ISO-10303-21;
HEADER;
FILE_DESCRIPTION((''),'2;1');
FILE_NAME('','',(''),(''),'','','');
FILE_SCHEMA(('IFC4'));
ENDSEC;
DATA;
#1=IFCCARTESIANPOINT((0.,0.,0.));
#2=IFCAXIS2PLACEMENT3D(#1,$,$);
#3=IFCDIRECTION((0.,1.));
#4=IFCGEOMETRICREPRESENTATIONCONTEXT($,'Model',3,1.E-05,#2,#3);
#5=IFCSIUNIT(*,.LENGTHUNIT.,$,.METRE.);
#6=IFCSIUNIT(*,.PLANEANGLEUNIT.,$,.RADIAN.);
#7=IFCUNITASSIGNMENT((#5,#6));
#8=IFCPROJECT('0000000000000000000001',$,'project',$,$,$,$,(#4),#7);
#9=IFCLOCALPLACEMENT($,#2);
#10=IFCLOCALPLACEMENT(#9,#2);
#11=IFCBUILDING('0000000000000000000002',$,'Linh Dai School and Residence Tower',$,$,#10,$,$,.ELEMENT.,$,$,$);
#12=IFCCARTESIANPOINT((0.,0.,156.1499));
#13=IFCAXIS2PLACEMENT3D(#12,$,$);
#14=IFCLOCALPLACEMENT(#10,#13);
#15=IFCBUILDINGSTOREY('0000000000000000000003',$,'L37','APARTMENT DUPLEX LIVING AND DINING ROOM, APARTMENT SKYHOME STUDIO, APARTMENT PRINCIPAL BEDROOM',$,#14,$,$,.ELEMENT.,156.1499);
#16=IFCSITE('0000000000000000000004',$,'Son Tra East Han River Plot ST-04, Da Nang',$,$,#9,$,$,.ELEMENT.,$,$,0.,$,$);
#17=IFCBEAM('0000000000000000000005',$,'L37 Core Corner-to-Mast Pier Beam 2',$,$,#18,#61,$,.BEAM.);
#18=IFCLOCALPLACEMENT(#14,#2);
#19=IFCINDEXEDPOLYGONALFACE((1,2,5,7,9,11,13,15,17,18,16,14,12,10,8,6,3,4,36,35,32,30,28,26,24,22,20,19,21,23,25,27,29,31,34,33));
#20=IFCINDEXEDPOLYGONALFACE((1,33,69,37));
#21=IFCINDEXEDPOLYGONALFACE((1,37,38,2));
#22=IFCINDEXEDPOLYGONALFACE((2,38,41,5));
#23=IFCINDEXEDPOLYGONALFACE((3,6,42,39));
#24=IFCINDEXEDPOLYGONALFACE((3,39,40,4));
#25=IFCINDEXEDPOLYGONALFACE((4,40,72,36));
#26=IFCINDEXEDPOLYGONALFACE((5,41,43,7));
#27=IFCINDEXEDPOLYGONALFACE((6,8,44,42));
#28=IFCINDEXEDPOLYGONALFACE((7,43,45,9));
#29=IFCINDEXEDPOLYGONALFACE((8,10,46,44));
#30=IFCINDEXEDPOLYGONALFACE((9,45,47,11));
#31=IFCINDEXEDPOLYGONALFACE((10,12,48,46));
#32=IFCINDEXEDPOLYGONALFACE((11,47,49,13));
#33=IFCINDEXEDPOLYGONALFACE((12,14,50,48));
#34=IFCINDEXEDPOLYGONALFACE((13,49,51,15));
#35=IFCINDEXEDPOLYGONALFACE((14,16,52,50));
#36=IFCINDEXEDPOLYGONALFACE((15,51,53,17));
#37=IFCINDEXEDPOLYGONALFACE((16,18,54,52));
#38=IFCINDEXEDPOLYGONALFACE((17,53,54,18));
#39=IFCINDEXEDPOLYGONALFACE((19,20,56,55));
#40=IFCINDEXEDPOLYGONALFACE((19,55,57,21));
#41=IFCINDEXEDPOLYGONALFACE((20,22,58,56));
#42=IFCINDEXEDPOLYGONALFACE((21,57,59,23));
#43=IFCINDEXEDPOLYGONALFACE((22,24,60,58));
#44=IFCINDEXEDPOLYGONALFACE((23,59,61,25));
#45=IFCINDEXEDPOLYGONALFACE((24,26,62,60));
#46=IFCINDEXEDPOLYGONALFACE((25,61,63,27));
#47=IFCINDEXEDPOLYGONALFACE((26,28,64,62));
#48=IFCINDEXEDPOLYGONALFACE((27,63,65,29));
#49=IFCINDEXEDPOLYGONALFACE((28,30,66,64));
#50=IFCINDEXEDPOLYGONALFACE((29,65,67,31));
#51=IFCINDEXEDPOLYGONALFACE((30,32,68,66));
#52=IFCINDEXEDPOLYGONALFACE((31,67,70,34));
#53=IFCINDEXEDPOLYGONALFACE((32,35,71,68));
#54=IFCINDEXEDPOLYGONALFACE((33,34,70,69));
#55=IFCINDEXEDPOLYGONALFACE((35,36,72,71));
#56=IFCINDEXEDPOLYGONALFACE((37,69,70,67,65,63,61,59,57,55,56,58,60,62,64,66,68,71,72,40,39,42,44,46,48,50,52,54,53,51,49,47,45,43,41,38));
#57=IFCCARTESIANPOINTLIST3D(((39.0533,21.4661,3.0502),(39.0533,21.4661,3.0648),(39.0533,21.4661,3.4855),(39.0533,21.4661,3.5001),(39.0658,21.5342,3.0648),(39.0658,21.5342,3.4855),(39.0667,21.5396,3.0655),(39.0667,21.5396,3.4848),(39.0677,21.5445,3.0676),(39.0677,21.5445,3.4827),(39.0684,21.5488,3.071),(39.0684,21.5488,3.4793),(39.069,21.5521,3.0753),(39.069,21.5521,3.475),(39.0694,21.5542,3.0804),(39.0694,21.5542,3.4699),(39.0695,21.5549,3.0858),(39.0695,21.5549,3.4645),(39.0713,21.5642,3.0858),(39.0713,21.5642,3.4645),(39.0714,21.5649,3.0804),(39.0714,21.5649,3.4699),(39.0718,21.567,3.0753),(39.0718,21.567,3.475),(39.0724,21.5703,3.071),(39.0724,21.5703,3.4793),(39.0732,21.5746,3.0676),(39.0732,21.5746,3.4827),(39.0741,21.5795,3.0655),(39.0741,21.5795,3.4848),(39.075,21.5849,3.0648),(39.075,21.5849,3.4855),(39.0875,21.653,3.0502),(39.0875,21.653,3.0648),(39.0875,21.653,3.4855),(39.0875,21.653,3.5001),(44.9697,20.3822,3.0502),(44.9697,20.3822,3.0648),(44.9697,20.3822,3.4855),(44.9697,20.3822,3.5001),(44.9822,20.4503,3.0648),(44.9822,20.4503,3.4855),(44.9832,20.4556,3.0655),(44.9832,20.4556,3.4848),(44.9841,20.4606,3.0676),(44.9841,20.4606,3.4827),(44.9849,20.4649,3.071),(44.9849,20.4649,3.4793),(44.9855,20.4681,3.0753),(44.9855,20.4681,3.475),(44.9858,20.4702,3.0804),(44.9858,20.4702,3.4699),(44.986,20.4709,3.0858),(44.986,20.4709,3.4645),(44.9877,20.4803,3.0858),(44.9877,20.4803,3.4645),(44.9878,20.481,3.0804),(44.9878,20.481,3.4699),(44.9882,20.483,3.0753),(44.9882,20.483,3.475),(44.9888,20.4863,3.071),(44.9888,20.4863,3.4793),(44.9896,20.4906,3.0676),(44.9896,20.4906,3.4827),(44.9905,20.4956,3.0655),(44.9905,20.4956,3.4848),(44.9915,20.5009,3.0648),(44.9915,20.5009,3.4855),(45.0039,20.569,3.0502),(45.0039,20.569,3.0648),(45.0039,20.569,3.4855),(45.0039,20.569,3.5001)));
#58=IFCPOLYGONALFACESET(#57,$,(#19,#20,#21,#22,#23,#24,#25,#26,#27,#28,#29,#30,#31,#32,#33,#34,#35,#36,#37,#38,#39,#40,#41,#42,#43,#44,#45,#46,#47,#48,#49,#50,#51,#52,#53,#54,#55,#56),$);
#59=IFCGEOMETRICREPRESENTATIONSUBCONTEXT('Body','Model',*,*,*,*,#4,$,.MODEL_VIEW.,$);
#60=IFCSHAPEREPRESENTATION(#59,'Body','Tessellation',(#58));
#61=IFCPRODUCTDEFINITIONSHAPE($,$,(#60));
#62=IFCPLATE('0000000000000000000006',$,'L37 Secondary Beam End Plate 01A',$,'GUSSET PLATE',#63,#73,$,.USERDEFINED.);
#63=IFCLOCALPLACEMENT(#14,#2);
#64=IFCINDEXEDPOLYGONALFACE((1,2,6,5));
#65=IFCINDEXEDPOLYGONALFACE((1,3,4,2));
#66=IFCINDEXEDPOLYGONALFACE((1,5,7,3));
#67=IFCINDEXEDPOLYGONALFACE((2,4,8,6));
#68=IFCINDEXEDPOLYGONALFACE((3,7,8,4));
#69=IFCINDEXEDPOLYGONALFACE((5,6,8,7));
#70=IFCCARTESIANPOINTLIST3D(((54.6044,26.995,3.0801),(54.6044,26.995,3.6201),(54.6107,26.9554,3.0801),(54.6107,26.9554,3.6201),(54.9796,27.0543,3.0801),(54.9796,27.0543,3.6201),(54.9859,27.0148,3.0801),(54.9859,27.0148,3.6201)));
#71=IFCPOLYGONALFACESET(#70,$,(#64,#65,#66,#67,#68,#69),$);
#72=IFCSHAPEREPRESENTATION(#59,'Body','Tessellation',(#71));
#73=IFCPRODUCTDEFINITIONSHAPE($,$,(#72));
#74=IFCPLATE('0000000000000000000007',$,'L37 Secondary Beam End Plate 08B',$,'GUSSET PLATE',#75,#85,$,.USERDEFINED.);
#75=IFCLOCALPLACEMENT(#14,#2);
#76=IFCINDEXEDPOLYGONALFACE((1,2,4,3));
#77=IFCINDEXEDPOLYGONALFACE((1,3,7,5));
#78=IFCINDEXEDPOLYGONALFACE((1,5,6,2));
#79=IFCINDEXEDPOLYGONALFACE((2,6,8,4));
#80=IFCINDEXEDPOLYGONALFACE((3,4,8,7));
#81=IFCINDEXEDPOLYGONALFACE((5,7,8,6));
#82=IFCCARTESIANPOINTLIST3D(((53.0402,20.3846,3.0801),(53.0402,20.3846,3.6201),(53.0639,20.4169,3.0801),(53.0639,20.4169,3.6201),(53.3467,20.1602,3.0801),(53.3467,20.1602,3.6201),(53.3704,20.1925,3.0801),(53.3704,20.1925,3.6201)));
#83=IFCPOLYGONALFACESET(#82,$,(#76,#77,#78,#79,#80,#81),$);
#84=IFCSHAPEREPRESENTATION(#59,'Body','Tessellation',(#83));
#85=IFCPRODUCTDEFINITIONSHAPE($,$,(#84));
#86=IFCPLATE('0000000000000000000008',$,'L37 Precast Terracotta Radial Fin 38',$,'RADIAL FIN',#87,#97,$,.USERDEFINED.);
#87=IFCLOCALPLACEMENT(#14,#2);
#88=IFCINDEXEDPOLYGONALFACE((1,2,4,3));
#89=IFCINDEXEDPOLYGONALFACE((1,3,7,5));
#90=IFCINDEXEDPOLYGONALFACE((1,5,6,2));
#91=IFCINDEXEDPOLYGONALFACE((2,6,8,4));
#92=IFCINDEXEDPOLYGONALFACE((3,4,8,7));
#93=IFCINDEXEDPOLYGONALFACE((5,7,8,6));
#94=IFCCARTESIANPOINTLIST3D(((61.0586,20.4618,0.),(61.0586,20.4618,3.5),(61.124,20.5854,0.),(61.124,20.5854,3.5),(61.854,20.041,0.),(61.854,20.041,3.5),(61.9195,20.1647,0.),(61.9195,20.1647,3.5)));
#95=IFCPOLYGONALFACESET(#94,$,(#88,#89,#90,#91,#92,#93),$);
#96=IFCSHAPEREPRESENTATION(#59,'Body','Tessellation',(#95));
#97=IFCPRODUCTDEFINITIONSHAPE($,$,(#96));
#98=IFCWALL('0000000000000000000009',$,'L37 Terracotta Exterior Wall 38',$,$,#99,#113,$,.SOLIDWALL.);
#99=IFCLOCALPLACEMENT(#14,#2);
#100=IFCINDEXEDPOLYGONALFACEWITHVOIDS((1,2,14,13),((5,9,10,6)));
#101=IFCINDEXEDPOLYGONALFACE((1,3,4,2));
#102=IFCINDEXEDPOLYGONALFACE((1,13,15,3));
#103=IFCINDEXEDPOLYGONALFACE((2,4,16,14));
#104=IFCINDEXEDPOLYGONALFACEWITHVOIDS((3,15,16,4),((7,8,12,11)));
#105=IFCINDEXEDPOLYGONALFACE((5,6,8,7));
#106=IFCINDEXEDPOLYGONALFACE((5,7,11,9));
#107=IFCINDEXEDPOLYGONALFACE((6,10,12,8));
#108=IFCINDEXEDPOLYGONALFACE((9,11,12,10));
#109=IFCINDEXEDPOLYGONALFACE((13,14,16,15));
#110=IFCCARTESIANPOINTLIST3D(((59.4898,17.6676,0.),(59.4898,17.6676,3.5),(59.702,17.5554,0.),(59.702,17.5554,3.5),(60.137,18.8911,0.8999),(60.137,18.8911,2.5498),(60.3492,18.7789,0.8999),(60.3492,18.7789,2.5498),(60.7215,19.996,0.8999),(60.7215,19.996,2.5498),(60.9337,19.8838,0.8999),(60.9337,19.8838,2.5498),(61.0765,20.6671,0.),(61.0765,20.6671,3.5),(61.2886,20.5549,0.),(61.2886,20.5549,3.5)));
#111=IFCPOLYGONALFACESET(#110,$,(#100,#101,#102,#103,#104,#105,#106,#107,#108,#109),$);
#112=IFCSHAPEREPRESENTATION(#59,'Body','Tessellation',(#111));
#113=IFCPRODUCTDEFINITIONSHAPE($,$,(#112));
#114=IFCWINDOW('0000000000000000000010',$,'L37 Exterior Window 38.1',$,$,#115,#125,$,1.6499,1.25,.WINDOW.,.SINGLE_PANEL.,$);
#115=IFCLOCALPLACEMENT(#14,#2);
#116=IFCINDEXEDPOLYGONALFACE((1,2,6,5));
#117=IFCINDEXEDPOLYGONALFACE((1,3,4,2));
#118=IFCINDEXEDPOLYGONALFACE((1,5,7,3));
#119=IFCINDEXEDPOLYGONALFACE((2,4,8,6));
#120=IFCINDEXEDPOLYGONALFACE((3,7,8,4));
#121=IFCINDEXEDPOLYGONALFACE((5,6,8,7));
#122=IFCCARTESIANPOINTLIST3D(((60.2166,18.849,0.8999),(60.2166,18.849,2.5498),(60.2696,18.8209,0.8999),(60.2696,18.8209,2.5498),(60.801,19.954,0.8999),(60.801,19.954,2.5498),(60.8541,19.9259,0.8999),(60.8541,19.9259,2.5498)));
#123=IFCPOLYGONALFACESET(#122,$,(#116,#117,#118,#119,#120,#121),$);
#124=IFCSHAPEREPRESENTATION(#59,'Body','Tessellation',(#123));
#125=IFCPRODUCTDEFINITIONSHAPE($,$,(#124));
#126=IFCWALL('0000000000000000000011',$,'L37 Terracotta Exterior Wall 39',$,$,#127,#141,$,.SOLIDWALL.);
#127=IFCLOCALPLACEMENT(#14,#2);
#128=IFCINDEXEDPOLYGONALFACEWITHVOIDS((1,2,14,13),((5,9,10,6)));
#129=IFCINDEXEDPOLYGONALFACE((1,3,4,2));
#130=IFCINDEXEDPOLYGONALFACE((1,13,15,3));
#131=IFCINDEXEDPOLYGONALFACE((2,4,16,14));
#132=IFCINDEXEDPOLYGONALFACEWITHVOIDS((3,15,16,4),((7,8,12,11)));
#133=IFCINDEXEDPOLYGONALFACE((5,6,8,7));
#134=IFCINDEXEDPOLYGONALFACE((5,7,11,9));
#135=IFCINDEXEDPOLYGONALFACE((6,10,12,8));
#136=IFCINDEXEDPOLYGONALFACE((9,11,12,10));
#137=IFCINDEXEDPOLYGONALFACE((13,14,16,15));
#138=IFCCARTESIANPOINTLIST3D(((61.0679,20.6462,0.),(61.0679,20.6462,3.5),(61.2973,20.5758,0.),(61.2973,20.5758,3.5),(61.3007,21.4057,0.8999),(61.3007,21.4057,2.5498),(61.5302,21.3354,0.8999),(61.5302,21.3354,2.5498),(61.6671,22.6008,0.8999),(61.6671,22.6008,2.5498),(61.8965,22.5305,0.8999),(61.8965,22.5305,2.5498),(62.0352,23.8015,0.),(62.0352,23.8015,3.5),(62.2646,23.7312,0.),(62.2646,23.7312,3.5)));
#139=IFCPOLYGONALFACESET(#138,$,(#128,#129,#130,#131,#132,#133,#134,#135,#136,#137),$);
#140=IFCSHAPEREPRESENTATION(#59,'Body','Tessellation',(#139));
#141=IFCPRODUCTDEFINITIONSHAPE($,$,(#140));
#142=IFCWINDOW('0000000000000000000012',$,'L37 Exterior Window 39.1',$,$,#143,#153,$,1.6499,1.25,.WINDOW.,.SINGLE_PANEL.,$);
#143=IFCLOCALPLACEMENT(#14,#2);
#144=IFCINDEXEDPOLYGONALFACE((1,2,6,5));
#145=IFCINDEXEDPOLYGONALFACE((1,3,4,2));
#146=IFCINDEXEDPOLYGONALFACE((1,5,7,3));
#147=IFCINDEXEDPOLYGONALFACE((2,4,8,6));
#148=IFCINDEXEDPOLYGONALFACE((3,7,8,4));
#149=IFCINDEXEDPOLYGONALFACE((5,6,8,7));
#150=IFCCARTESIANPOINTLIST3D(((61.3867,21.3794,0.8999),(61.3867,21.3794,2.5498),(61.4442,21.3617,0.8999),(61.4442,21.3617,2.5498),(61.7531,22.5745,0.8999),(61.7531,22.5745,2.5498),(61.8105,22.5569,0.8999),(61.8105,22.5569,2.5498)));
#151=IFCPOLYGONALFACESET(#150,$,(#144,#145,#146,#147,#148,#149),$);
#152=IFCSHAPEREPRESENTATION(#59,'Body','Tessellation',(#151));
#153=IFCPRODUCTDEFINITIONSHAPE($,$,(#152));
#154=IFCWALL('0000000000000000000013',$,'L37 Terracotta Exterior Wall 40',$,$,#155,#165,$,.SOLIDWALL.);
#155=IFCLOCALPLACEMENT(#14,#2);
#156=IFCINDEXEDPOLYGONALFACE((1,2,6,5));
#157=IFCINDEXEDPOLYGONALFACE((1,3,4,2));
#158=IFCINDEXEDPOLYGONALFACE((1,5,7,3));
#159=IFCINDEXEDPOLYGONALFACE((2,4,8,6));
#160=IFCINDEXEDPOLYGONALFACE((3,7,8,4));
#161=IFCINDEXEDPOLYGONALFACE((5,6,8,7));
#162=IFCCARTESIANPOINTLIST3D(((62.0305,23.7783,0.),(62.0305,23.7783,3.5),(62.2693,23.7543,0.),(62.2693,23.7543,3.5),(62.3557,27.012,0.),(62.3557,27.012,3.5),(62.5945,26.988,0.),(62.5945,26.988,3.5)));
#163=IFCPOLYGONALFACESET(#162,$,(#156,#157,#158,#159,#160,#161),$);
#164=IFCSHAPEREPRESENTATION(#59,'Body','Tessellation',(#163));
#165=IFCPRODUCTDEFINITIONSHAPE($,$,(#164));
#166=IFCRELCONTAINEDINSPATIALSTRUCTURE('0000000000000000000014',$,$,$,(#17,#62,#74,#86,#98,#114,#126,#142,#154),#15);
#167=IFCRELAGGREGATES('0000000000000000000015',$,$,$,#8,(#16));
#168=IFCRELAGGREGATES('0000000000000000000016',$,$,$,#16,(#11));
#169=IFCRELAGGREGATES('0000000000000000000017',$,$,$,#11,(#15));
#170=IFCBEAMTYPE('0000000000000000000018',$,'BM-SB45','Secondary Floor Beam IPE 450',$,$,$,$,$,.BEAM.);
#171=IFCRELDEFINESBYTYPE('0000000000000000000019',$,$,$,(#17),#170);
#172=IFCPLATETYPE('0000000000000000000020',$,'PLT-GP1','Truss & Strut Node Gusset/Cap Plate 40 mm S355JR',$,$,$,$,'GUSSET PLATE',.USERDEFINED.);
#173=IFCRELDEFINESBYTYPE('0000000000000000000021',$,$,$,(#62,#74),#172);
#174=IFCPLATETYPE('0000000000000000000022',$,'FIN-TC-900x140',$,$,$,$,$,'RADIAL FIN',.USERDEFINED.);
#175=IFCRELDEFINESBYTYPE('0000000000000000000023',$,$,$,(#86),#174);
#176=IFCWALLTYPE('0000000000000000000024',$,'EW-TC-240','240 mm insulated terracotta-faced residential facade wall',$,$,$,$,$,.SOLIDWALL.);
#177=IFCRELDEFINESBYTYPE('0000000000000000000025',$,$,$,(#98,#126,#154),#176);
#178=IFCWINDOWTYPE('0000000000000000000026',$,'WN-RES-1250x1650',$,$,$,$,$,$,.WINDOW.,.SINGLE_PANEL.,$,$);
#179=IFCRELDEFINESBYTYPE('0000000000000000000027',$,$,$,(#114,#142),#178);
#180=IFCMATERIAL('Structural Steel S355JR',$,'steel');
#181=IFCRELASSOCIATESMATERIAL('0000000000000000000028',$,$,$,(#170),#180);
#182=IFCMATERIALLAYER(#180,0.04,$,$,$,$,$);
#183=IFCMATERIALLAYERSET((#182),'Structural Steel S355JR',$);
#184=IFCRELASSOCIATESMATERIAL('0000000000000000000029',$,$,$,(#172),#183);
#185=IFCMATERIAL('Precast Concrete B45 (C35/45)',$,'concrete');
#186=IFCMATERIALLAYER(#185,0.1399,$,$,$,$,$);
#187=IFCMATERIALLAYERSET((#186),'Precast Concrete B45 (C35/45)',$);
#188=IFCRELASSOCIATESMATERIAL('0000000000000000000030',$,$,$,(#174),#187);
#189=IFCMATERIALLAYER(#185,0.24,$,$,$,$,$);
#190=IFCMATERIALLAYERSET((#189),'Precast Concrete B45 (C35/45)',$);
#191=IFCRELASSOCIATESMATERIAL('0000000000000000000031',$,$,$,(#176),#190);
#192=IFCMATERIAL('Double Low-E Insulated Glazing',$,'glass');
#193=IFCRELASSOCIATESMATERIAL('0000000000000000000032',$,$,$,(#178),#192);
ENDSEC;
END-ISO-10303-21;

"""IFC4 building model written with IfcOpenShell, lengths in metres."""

from ifc_helpers import new_model, si_unit, direction, frame, frame_2d, origin, origin_2d, place, context, subcontext, project, spatial, rectangle, i_section, extrude, source, transform, mapped, material, layer, layer_set, material_profile, profile_set, type_object, element, fill, save


model = new_model("IFC4")

# Units and contexts
model_context = context("Model", 3, precision=1e-05, world=origin(), true_north=direction((0.0, 1.0)))
body_context = subcontext(model_context, "Body", "Model", "MODEL_VIEW")
ifc_project = project(units=[si_unit("LENGTHUNIT", "METRE"), si_unit("PLANEANGLEUNIT", "RADIAN")], contexts=[model_context])

# Site, building, storey
site_placement = place(None, origin())
site = spatial("IfcSite", under=ifc_project, at=site_placement, Name="Son Tra East Han River Plot ST-04, Da Nang", CompositionType="ELEMENT", RefElevation=0.0)
building_placement = place(site_placement, origin())
building = spatial("IfcBuilding", under=site, at=building_placement, Name="Linh Dai School and Residence Tower", CompositionType="ELEMENT")
storey_placement = place(building_placement, frame((0.0, 0.0, 156.1499)))
storey = spatial("IfcBuildingStorey", under=building, at=storey_placement, Name="L37", Description="APARTMENT DUPLEX LIVING AND DINING ROOM, APARTMENT SKYHOME STUDIO, APARTMENT PRINCIPAL BEDROOM", CompositionType="ELEMENT", Elevation=156.1499)

# Shared definitions
ifc_material_1 = material(Name="Structural Steel S355JR", Category="steel")

# Beam
ifc_material_profile_1 = material_profile(ifc_material_1, i_section(OverallWidth=0.1899, OverallDepth=0.45, WebThickness=0.0095, FlangeThickness=0.0146, FilletRadius=0.021, at=origin_2d()), Name="IPE 450")
ifc_profile_set_1 = profile_set([ifc_material_profile_1], Name="Structural Steel S355JR")
beam_type_1 = type_object("IfcBeamType", Name="BM-SB45", Description="Secondary Floor Beam IPE 450", PredefinedType="BEAM", material=ifc_profile_set_1)
beam_1_placement = place(storey_placement, frame((44.9868, 20.4756, 3.2751), z_axis=(-0.983627, 0.180214, 0.0), x_axis=(-0.180214, -0.983627, 0.0)))
element("IfcBeam", 1, at=beam_1_placement, inside=storey, type_object=beam_type_1, Name="L37 Core Corner-to-Mast Pier Beam 2", PredefinedType="BEAM", context=body_context, shape_type="SweptSolid", body=[
    extrude(i_section(OverallWidth=0.1899, OverallDepth=0.45, WebThickness=0.0095, FlangeThickness=0.0146, FilletRadius=0.021, at=origin_2d()), origin(), (0.0, 0.0, 1.0), 6.0149),
])

# Plates
ifc_layer_1 = layer(ifc_material_1, 0.04)
ifc_layer_set_1 = layer_set([ifc_layer_1], Name="Structural Steel S355JR")
plate_type_1 = type_object("IfcPlateType", Name="PLT-GP1", Description="Truss & Strut Node Gusset/Cap Plate 40 mm S355JR", ElementType="GUSSET PLATE", PredefinedType="USERDEFINED", material=ifc_layer_set_1)
shared_shape_1 = source(origin(), body_context, "Body", "SweptSolid", [
    extrude(rectangle(XDim=0.04, YDim=0.3799, at=origin_2d()), origin(), (0.0, 0.0, 1.0), 0.54),
])
for number, where, z_axis, x_axis, name in (
    (2, (54.7952, 27.0049, 3.0801), (0.0, 0.0, 1.0), (-0.156309, 0.987708, 0.0), "L37 Secondary Beam End Plate 01A"),
    (3, (53.2053, 20.2886, 3.0801), (0.0, 0.0, 1.0), (0.590797, 0.80682, 0.0), "L37 Secondary Beam End Plate 08B"),
):
    element("IfcPlate", number, at=place(storey_placement, frame(where, z_axis=z_axis, x_axis=x_axis)), inside=storey, type_object=plate_type_1, Name=name, ObjectType="GUSSET PLATE", PredefinedType="USERDEFINED", context=body_context, shape_type="MappedRepresentation", body=[
        mapped(shared_shape_1, transform((0.0, 0.0, 0.0), x_axis=(1.0, 0.0, 0.0), y_axis=(0.0, 1.0, 0.0), z_axis=(0.0, 0.0, 1.0), scale=1.0)),
    ])
ifc_material_2 = material(Name="Precast Concrete B45 (C35/45)", Category="concrete")
ifc_layer_2 = layer(ifc_material_2, 0.1399)
ifc_layer_set_2 = layer_set([ifc_layer_2], Name="Precast Concrete B45 (C35/45)")
plate_type_2 = type_object("IfcPlateType", Name="FIN-TC-900x140", ElementType="RADIAL FIN", PredefinedType="USERDEFINED", material=ifc_layer_set_2)
shared_shape_2 = source(origin(), body_context, "Body", "SweptSolid", [
    extrude(rectangle(XDim=0.8999, YDim=0.1399, at=origin_2d()), origin(), (0.0, 0.0, 1.0), 3.5),
])
plate_placement = place(storey_placement, frame((61.489, 20.3132, 0.0), z_axis=(0.0, 0.0, 1.0), x_axis=(0.883951, -0.46758, 0.0)))
element("IfcPlate", 4, at=plate_placement, inside=storey, type_object=plate_type_2, Name="L37 Precast Terracotta Radial Fin 38", ObjectType="RADIAL FIN", PredefinedType="USERDEFINED", context=body_context, shape_type="MappedRepresentation", body=[
    mapped(shared_shape_2, transform((0.0, 0.0, 0.0), x_axis=(1.0, 0.0, 0.0), y_axis=(0.0, 1.0, 0.0), z_axis=(0.0, 0.0, 1.0), scale=1.0)),
])

# Walls, openings, windows
ifc_layer_3 = layer(ifc_material_2, 0.24)
ifc_layer_set_3 = layer_set([ifc_layer_3], Name="Precast Concrete B45 (C35/45)")
wall_type_1 = type_object("IfcWallType", Name="EW-TC-240", Description="240 mm insulated terracotta-faced residential facade wall", PredefinedType="SOLIDWALL", material=ifc_layer_set_3)
wall_1_placement = place(storey_placement, frame((61.1826, 20.6111, 0.0), z_axis=(0.0, 0.0, 1.0), x_axis=(-0.467587, -0.883947, 0.0)))
wall_1 = element("IfcWall", 5, at=wall_1_placement, inside=storey, type_object=wall_type_1, Name="L37 Terracotta Exterior Wall 38", PredefinedType="SOLIDWALL", context=body_context, shape_type="SweptSolid", body=[
    extrude(rectangle(XDim=3.3933, YDim=0.24, at=frame_2d((1.6968, 0.0))), origin(), (0.0, 0.0, 1.0), 3.5),
])
opening_1_placement = place(wall_1_placement, frame((0.7593, 0.0, 0.8999)))
opening_1 = element("IfcOpeningElement", 6, at=opening_1_placement, cuts=wall_1, PredefinedType="OPENING", context=body_context, shape_type="SweptSolid", body=[
    extrude(rectangle(XDim=1.25, YDim=1.6499, at=origin_2d()), frame((0.625, 0.1299, 0.825), z_axis=(0.0, -1.0, 0.0), x_axis=(1.0, 0.0, 0.0)), (0.0, 0.0, 1.0), 0.26),
])
ifc_material_3 = material(Name="Double Low-E Insulated Glazing", Category="glass")
window_type = type_object("IfcWindowType", Name="WN-RES-1250x1650", PartitioningType="SINGLE_PANEL", PredefinedType="WINDOW", material=ifc_material_3)
shared_shape_3 = source(origin(), body_context, "Body", "SweptSolid", [
    extrude(rectangle(XDim=1.25, YDim=1.6499, at=origin_2d()), frame((0.625, 0.03, 0.825), z_axis=(0.0, -1.0, 0.0), x_axis=(1.0, 0.0, 0.0)), (0.0, 0.0, 1.0), 0.0601),
])
window_1_placement = place(opening_1_placement, origin())
window_1 = element("IfcWindow", 7, at=window_1_placement, inside=storey, type_object=window_type, Name="L37 Exterior Window 38.1", OverallHeight=1.6499, OverallWidth=1.25, PartitioningType="SINGLE_PANEL", PredefinedType="WINDOW", context=body_context, shape_type="MappedRepresentation", body=[
    mapped(shared_shape_3, transform((0.0, 0.0, 0.0), x_axis=(1.0, 0.0, 0.0), y_axis=(0.0, 1.0, 0.0), z_axis=(0.0, 0.0, 1.0), scale=1.0)),
])
fill(opening_1, window_1)
wall_2_placement = place(storey_placement, frame((62.1499, 23.7664, 0.0), z_axis=(0.0, 0.0, 1.0), x_axis=(-0.293098, -0.956082, 0.0)))
wall_2 = element("IfcWall", 8, at=wall_2_placement, inside=storey, type_object=wall_type_1, Name="L37 Terracotta Exterior Wall 39", PredefinedType="SOLIDWALL", context=body_context, shape_type="SweptSolid", body=[
    extrude(rectangle(XDim=3.3003, YDim=0.24, at=frame_2d((1.6501, 0.0))), origin(), (0.0, 0.0, 1.0), 3.5),
])
opening_2_placement = place(wall_2_placement, frame((1.2559, 0.0, 0.8999)))
opening_2 = element("IfcOpeningElement", 9, at=opening_2_placement, cuts=wall_2, PredefinedType="OPENING", context=body_context, shape_type="SweptSolid", body=[
    extrude(rectangle(XDim=1.25, YDim=1.6499, at=origin_2d()), frame((0.625, 0.1299, 0.825), z_axis=(0.0, -1.0, 0.0), x_axis=(1.0, 0.0, 0.0)), (0.0, 0.0, 1.0), 0.26),
])
window_2_placement = place(opening_2_placement, origin())
window_2 = element("IfcWindow", 10, at=window_2_placement, inside=storey, type_object=window_type, Name="L37 Exterior Window 39.1", OverallHeight=1.6499, OverallWidth=1.25, PartitioningType="SINGLE_PANEL", PredefinedType="WINDOW", context=body_context, shape_type="MappedRepresentation", body=[
    mapped(shared_shape_3, transform((0.0, 0.0, 0.0), x_axis=(1.0, 0.0, 0.0), y_axis=(0.0, 1.0, 0.0), z_axis=(0.0, 0.0, 1.0), scale=1.0)),
])
fill(opening_2, window_2)

# Wall
wall_3_placement = place(storey_placement, frame((62.4751, 27.0, 0.0), z_axis=(0.0, 0.0, 1.0), x_axis=(-0.100062, -0.994981, 0.0)))
element("IfcWall", 11, at=wall_3_placement, inside=storey, type_object=wall_type_1, Name="L37 Terracotta Exterior Wall 40", PredefinedType="SOLIDWALL", context=body_context, shape_type="SweptSolid", body=[
    extrude(rectangle(XDim=3.25, YDim=0.24, at=frame_2d((1.625, 0.0))), origin(), (0.0, 0.0, 1.0), 3.5),
])

save(model, "model.ifc")
